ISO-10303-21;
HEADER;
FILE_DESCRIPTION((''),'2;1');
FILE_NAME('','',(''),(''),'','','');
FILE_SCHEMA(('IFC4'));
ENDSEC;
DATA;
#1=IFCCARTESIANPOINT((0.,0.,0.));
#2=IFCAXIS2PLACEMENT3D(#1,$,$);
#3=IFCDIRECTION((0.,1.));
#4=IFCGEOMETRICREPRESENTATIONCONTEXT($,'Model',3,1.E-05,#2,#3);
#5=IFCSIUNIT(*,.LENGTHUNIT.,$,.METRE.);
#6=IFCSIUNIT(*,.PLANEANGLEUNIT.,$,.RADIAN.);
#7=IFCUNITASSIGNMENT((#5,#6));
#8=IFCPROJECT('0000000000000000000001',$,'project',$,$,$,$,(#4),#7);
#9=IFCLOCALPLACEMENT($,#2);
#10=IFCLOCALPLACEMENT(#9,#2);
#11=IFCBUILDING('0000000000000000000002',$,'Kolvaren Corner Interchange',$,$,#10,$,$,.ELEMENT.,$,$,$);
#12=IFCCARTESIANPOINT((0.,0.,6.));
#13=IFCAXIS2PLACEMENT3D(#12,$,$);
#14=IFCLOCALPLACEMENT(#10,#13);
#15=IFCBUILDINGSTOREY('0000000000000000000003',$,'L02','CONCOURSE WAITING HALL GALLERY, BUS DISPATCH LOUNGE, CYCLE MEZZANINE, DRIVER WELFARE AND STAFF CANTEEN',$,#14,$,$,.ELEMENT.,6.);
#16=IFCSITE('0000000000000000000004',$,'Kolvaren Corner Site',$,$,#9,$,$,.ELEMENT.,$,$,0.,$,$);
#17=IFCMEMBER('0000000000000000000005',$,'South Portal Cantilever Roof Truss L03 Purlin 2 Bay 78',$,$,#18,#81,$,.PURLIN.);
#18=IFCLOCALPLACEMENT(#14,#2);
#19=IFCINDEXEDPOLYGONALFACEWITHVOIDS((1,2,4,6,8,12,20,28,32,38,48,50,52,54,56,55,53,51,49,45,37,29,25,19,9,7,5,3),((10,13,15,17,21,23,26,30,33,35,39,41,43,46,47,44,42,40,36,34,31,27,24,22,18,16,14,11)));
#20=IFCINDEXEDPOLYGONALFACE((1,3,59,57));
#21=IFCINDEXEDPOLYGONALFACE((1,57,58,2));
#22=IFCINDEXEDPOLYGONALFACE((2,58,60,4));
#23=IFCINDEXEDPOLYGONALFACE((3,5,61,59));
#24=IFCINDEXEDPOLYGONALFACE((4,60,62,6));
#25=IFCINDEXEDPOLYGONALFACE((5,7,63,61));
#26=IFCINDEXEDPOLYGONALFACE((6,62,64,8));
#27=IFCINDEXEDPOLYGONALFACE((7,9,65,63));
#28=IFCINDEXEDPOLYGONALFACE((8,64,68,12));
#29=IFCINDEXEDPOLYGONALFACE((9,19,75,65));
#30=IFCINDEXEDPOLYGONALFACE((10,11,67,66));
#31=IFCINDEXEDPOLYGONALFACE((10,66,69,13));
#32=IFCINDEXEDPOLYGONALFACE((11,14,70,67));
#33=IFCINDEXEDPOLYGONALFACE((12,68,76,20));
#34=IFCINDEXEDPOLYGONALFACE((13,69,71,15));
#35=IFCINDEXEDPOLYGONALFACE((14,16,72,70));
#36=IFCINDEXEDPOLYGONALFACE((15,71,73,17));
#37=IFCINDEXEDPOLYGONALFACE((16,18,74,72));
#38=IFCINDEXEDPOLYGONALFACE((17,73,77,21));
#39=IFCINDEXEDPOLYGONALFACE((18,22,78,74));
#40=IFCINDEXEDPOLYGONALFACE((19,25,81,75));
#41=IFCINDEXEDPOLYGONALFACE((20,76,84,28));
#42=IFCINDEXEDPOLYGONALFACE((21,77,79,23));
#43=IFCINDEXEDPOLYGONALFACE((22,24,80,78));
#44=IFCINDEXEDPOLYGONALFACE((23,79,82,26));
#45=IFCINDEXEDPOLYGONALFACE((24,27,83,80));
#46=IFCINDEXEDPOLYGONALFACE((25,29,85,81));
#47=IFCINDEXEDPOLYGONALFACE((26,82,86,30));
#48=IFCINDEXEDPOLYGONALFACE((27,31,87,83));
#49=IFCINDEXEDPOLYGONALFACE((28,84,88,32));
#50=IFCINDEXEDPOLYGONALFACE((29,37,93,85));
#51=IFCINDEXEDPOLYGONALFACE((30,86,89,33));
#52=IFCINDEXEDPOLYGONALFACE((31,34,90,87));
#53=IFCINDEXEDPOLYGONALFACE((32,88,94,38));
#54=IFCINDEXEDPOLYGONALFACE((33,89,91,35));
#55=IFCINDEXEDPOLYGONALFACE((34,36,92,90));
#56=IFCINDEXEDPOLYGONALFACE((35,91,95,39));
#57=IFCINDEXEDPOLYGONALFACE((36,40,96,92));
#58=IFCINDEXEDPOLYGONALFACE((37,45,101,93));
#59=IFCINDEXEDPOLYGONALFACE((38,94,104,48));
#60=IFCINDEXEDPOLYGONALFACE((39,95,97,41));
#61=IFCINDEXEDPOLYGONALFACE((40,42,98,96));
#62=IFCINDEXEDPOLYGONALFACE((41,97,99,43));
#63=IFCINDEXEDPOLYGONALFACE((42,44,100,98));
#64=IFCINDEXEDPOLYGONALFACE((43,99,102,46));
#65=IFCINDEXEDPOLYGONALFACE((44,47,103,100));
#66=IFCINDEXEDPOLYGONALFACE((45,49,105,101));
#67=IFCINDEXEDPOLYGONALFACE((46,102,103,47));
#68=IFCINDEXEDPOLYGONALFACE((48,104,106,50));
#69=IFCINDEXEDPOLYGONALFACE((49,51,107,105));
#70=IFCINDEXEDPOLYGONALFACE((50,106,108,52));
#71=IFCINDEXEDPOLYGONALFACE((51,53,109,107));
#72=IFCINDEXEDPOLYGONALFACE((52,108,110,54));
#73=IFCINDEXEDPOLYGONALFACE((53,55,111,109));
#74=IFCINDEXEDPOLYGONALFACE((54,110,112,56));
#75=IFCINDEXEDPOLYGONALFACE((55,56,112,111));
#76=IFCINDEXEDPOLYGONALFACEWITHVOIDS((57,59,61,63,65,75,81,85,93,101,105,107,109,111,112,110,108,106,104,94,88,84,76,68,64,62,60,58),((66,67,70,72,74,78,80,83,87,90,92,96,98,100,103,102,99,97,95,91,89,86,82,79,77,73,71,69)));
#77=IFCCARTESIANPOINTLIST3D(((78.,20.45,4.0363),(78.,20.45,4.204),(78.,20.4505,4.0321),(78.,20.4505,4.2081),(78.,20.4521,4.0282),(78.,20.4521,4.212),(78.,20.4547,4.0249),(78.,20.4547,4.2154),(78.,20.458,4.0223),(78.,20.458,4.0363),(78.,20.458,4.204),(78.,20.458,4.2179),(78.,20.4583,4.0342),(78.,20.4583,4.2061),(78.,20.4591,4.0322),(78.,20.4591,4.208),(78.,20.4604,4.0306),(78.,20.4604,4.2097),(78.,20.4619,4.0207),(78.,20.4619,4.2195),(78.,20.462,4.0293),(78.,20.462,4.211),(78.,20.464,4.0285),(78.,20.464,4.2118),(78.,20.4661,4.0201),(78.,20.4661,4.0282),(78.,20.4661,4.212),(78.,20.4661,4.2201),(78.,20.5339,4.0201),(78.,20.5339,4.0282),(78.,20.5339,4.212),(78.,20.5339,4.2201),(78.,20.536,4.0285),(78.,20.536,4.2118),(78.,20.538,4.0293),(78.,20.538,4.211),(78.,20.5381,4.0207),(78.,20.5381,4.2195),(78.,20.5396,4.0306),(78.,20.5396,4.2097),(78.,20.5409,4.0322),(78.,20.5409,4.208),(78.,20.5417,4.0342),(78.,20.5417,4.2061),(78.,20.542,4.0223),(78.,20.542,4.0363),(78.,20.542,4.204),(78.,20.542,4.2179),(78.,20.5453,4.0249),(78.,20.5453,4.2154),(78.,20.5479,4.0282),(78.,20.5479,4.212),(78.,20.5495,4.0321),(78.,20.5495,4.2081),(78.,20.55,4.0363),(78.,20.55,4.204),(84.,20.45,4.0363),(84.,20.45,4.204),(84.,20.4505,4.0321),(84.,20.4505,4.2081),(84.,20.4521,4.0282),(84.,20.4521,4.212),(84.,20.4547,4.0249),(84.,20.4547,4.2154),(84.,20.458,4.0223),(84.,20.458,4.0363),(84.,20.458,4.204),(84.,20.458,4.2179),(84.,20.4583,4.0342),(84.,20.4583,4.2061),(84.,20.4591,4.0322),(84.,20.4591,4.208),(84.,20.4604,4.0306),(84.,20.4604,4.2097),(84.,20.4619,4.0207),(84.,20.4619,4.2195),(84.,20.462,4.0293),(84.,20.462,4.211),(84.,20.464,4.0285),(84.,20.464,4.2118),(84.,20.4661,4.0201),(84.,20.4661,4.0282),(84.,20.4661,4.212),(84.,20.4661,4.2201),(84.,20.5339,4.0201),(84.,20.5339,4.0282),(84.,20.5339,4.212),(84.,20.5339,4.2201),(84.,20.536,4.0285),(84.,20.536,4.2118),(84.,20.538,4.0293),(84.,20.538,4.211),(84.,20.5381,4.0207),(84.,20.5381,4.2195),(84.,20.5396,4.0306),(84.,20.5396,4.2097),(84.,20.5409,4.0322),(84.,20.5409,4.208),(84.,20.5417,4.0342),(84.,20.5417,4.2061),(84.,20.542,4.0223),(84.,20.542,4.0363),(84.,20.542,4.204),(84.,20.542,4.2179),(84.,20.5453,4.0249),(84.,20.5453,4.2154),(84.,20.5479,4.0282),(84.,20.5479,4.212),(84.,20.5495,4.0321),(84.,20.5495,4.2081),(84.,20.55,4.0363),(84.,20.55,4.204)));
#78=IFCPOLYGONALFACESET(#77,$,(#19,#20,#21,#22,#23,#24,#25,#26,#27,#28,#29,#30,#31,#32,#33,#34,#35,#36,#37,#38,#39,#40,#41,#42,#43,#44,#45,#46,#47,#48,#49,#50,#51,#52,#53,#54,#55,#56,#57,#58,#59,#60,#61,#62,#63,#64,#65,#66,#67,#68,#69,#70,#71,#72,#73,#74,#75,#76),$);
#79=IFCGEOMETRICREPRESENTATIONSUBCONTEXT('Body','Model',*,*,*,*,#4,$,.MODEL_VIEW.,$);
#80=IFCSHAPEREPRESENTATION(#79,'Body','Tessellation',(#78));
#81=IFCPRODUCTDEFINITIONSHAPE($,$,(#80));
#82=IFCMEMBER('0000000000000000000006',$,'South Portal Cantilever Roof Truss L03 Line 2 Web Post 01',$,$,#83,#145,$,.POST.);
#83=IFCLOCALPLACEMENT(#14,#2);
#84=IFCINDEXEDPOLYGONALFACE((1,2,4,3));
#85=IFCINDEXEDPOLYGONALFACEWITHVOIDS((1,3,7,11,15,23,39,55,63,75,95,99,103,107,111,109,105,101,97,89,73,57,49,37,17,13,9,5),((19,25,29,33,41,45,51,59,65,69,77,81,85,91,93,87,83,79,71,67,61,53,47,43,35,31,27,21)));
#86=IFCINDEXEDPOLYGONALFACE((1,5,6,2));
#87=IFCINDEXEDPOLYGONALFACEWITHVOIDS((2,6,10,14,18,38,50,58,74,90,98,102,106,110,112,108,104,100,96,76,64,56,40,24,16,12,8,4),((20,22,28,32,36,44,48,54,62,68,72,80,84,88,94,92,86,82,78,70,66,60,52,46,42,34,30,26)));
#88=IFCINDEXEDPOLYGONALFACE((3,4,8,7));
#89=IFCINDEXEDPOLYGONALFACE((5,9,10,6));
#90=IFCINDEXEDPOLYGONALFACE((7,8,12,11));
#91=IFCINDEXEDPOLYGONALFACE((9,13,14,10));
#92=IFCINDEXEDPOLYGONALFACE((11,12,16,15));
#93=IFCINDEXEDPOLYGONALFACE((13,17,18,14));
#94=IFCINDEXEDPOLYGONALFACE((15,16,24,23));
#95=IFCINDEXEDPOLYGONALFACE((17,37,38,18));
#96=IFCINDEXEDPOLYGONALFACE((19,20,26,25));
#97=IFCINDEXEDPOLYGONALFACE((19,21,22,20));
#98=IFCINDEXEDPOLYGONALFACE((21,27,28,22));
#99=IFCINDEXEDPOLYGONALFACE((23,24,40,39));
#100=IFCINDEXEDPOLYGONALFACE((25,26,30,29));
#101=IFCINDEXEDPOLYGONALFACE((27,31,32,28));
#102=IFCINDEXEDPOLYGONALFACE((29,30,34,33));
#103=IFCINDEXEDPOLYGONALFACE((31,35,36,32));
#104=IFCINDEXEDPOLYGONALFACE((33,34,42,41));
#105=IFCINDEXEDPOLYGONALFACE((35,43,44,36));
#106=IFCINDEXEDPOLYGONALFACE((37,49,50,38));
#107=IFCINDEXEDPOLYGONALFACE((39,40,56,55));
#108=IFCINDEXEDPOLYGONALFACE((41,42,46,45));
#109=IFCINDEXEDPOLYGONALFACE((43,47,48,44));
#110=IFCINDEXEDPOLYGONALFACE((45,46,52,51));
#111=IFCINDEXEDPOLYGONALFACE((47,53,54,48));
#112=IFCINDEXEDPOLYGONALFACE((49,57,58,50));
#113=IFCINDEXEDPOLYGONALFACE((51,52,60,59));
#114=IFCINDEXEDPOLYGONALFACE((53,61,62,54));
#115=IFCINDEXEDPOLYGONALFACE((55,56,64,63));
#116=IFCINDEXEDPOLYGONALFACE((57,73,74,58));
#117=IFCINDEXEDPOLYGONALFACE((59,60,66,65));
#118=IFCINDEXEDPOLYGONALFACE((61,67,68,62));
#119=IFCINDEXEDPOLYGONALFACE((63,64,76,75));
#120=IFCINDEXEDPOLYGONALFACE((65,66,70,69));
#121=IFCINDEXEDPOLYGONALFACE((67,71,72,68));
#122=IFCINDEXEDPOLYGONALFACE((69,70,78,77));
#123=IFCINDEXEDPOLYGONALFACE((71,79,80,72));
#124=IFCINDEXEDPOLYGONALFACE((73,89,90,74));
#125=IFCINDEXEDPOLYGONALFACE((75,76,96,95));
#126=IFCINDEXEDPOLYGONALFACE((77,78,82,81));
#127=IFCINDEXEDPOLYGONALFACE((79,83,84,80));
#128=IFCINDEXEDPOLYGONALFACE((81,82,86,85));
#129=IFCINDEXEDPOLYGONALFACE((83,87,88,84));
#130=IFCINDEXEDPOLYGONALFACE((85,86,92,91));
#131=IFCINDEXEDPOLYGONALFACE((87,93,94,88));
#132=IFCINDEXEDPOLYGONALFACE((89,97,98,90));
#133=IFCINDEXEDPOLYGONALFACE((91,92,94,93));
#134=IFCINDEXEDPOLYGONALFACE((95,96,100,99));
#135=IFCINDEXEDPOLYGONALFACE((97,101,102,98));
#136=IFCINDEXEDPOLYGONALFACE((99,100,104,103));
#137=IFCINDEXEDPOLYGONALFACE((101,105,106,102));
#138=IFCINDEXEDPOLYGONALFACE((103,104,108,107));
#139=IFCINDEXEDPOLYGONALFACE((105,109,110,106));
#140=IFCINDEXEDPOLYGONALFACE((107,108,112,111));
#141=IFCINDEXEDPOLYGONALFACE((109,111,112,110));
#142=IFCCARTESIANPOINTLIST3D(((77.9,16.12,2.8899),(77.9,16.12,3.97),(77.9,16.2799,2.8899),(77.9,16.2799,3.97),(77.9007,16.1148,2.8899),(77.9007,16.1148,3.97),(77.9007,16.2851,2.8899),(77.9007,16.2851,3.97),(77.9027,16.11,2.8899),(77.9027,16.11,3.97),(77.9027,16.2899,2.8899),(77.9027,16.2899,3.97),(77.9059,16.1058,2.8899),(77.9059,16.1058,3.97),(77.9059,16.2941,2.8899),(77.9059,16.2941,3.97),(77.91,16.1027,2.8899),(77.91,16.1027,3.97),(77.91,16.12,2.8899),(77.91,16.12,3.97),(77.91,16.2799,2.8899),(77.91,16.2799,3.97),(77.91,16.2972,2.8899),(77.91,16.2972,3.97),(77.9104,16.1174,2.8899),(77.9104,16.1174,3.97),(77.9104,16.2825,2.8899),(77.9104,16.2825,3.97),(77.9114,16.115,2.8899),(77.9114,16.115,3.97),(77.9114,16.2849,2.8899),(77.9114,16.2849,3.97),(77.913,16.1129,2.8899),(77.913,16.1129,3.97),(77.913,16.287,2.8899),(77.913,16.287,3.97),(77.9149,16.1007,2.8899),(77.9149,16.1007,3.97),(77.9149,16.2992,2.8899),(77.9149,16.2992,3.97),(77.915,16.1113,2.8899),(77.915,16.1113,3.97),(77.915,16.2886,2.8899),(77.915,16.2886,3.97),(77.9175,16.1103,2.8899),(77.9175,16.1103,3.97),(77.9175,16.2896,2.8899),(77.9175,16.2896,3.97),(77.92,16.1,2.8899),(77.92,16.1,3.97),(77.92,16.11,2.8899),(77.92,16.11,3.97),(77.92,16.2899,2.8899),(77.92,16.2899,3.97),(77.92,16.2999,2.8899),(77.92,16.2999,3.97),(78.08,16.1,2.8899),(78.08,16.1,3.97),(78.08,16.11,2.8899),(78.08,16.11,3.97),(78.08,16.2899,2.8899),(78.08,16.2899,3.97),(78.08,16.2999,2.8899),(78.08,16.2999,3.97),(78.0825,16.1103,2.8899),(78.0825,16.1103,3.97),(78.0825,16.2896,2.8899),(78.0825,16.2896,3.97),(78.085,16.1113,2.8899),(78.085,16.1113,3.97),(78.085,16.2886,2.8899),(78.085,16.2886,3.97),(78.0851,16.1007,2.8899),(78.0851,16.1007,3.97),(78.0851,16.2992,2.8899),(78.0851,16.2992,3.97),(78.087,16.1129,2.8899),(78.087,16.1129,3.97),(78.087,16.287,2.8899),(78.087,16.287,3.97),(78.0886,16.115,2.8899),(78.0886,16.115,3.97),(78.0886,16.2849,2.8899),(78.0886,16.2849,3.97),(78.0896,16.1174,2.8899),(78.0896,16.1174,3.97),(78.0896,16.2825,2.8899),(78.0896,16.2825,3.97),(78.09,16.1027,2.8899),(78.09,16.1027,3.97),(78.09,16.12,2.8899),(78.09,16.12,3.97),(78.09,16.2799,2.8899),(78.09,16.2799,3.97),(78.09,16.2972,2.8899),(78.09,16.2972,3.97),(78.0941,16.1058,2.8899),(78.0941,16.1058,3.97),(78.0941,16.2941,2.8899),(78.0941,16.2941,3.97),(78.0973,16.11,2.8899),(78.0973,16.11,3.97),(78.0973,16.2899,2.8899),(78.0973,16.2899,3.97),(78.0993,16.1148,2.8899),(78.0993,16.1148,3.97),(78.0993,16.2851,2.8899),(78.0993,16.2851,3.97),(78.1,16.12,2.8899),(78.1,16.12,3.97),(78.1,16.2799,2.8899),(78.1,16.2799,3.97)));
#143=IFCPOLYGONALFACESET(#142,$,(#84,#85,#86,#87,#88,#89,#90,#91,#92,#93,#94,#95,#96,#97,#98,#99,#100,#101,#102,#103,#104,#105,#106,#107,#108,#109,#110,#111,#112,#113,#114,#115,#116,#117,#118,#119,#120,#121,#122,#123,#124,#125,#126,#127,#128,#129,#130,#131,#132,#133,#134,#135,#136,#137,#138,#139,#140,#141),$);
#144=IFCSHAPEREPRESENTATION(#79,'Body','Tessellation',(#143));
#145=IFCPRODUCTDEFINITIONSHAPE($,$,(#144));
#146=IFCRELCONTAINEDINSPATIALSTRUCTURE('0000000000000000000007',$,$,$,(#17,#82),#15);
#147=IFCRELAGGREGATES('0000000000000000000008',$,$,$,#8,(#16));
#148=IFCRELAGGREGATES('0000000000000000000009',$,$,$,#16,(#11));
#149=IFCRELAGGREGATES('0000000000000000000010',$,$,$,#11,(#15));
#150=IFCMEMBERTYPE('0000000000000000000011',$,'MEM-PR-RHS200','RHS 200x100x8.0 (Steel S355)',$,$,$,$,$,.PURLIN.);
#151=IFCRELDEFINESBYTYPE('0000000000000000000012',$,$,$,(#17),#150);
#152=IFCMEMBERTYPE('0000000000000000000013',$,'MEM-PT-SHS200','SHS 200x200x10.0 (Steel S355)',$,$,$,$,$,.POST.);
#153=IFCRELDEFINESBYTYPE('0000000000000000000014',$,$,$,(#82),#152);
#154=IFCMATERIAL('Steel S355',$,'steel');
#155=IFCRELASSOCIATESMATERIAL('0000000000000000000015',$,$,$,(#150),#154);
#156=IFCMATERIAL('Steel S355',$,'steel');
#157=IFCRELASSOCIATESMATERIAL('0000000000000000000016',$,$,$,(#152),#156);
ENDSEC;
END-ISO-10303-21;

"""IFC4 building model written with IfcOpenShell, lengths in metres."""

from ifc_helpers import new_model, si_unit, direction, frame, origin, origin_2d, place, context, subcontext, project, spatial, hollow_rectangle, extrude, material, material_profile, profile_set, type_object, element, save


model = new_model("IFC4")

# Units and contexts
model_context = context("Model", 3, precision=1e-05, world=origin(), true_north=direction((0.0, 1.0)))
body_context = subcontext(model_context, "Body", "Model", "MODEL_VIEW")
ifc_project = project(units=[si_unit("LENGTHUNIT", "METRE"), si_unit("PLANEANGLEUNIT", "RADIAN")], contexts=[model_context])

# Site, building, storey
site_placement = place(None, origin())
site = spatial("IfcSite", under=ifc_project, at=site_placement, Name="Kolvaren Corner Site", CompositionType="ELEMENT", RefElevation=0.0)
building_placement = place(site_placement, origin())
building = spatial("IfcBuilding", under=site, at=building_placement, Name="Kolvaren Corner Interchange", CompositionType="ELEMENT")
storey_placement = place(building_placement, frame((0.0, 0.0, 6.0)))
storey = spatial("IfcBuildingStorey", under=building, at=storey_placement, Name="L02", Description="CONCOURSE WAITING HALL GALLERY, BUS DISPATCH LOUNGE, CYCLE MEZZANINE, DRIVER WELFARE AND STAFF CANTEEN", CompositionType="ELEMENT", Elevation=6.0)

# Members
ifc_material_1 = material(Name="Steel S355", Category="steel")
ifc_material_profile_1 = material_profile(ifc_material_1, hollow_rectangle(XDim=0.1001, YDim=0.2, WallThickness=0.0081, InnerFilletRadius=0.0081, OuterFilletRadius=0.0161, at=origin_2d()), Name="RHS 200x100x8.0")
ifc_profile_set_1 = profile_set([ifc_material_profile_1], Name="Steel S355")
member_type_1 = type_object("IfcMemberType", Name="MEM-PR-RHS200", Description="RHS 200x100x8.0 (Steel S355)", PredefinedType="PURLIN", material=ifc_profile_set_1)
for number, where, z_axis, x_axis, name in (
    (1, (78.0, 20.5, 4.1201), (1.0, 0.0, 0.0), (0.0, 1.0, 0.0), "South Portal Cantilever Roof Truss L03 Purlin 2 Bay 78"),
):
    element("IfcMember", number, at=place(storey_placement, frame(where, z_axis=z_axis, x_axis=x_axis)), inside=storey, type_object=member_type_1, Name=name, PredefinedType="PURLIN", context=body_context, shape_type="SweptSolid", body=[
        extrude(hollow_rectangle(XDim=0.1001, YDim=0.2, WallThickness=0.0081, InnerFilletRadius=0.0081, OuterFilletRadius=0.0161, at=origin_2d()), origin(), (0.0, 0.0, 1.0), 6.0),
    ])
ifc_material_2 = material(Name="Steel S355", Category="steel")
ifc_material_profile_2 = material_profile(ifc_material_2, hollow_rectangle(XDim=0.2, YDim=0.2, WallThickness=0.01, InnerFilletRadius=0.01, OuterFilletRadius=0.02, at=origin_2d()), Name="SHS 200x200x10.0")
ifc_profile_set_2 = profile_set([ifc_material_profile_2], Name="Steel S355")
member_type_2 = type_object("IfcMemberType", Name="MEM-PT-SHS200", Description="SHS 200x200x10.0 (Steel S355)", PredefinedType="POST", material=ifc_profile_set_2)
for number, where, z_axis, x_axis, name in (
    (2, (78.0, 16.2, 2.8899), (0.0, 0.0, 1.0), (1.0, 0.0, 0.0), "South Portal Cantilever Roof Truss L03 Line 2 Web Post 01"),
):
    element("IfcMember", number, at=place(storey_placement, frame(where, z_axis=z_axis, x_axis=x_axis)), inside=storey, type_object=member_type_2, Name=name, PredefinedType="POST", context=body_context, shape_type="SweptSolid", body=[
        extrude(hollow_rectangle(XDim=0.2, YDim=0.2, WallThickness=0.01, InnerFilletRadius=0.01, OuterFilletRadius=0.02, at=origin_2d()), origin(), (0.0, 0.0, 1.0), 1.0801),
    ])

save(model, "model.ifc")
